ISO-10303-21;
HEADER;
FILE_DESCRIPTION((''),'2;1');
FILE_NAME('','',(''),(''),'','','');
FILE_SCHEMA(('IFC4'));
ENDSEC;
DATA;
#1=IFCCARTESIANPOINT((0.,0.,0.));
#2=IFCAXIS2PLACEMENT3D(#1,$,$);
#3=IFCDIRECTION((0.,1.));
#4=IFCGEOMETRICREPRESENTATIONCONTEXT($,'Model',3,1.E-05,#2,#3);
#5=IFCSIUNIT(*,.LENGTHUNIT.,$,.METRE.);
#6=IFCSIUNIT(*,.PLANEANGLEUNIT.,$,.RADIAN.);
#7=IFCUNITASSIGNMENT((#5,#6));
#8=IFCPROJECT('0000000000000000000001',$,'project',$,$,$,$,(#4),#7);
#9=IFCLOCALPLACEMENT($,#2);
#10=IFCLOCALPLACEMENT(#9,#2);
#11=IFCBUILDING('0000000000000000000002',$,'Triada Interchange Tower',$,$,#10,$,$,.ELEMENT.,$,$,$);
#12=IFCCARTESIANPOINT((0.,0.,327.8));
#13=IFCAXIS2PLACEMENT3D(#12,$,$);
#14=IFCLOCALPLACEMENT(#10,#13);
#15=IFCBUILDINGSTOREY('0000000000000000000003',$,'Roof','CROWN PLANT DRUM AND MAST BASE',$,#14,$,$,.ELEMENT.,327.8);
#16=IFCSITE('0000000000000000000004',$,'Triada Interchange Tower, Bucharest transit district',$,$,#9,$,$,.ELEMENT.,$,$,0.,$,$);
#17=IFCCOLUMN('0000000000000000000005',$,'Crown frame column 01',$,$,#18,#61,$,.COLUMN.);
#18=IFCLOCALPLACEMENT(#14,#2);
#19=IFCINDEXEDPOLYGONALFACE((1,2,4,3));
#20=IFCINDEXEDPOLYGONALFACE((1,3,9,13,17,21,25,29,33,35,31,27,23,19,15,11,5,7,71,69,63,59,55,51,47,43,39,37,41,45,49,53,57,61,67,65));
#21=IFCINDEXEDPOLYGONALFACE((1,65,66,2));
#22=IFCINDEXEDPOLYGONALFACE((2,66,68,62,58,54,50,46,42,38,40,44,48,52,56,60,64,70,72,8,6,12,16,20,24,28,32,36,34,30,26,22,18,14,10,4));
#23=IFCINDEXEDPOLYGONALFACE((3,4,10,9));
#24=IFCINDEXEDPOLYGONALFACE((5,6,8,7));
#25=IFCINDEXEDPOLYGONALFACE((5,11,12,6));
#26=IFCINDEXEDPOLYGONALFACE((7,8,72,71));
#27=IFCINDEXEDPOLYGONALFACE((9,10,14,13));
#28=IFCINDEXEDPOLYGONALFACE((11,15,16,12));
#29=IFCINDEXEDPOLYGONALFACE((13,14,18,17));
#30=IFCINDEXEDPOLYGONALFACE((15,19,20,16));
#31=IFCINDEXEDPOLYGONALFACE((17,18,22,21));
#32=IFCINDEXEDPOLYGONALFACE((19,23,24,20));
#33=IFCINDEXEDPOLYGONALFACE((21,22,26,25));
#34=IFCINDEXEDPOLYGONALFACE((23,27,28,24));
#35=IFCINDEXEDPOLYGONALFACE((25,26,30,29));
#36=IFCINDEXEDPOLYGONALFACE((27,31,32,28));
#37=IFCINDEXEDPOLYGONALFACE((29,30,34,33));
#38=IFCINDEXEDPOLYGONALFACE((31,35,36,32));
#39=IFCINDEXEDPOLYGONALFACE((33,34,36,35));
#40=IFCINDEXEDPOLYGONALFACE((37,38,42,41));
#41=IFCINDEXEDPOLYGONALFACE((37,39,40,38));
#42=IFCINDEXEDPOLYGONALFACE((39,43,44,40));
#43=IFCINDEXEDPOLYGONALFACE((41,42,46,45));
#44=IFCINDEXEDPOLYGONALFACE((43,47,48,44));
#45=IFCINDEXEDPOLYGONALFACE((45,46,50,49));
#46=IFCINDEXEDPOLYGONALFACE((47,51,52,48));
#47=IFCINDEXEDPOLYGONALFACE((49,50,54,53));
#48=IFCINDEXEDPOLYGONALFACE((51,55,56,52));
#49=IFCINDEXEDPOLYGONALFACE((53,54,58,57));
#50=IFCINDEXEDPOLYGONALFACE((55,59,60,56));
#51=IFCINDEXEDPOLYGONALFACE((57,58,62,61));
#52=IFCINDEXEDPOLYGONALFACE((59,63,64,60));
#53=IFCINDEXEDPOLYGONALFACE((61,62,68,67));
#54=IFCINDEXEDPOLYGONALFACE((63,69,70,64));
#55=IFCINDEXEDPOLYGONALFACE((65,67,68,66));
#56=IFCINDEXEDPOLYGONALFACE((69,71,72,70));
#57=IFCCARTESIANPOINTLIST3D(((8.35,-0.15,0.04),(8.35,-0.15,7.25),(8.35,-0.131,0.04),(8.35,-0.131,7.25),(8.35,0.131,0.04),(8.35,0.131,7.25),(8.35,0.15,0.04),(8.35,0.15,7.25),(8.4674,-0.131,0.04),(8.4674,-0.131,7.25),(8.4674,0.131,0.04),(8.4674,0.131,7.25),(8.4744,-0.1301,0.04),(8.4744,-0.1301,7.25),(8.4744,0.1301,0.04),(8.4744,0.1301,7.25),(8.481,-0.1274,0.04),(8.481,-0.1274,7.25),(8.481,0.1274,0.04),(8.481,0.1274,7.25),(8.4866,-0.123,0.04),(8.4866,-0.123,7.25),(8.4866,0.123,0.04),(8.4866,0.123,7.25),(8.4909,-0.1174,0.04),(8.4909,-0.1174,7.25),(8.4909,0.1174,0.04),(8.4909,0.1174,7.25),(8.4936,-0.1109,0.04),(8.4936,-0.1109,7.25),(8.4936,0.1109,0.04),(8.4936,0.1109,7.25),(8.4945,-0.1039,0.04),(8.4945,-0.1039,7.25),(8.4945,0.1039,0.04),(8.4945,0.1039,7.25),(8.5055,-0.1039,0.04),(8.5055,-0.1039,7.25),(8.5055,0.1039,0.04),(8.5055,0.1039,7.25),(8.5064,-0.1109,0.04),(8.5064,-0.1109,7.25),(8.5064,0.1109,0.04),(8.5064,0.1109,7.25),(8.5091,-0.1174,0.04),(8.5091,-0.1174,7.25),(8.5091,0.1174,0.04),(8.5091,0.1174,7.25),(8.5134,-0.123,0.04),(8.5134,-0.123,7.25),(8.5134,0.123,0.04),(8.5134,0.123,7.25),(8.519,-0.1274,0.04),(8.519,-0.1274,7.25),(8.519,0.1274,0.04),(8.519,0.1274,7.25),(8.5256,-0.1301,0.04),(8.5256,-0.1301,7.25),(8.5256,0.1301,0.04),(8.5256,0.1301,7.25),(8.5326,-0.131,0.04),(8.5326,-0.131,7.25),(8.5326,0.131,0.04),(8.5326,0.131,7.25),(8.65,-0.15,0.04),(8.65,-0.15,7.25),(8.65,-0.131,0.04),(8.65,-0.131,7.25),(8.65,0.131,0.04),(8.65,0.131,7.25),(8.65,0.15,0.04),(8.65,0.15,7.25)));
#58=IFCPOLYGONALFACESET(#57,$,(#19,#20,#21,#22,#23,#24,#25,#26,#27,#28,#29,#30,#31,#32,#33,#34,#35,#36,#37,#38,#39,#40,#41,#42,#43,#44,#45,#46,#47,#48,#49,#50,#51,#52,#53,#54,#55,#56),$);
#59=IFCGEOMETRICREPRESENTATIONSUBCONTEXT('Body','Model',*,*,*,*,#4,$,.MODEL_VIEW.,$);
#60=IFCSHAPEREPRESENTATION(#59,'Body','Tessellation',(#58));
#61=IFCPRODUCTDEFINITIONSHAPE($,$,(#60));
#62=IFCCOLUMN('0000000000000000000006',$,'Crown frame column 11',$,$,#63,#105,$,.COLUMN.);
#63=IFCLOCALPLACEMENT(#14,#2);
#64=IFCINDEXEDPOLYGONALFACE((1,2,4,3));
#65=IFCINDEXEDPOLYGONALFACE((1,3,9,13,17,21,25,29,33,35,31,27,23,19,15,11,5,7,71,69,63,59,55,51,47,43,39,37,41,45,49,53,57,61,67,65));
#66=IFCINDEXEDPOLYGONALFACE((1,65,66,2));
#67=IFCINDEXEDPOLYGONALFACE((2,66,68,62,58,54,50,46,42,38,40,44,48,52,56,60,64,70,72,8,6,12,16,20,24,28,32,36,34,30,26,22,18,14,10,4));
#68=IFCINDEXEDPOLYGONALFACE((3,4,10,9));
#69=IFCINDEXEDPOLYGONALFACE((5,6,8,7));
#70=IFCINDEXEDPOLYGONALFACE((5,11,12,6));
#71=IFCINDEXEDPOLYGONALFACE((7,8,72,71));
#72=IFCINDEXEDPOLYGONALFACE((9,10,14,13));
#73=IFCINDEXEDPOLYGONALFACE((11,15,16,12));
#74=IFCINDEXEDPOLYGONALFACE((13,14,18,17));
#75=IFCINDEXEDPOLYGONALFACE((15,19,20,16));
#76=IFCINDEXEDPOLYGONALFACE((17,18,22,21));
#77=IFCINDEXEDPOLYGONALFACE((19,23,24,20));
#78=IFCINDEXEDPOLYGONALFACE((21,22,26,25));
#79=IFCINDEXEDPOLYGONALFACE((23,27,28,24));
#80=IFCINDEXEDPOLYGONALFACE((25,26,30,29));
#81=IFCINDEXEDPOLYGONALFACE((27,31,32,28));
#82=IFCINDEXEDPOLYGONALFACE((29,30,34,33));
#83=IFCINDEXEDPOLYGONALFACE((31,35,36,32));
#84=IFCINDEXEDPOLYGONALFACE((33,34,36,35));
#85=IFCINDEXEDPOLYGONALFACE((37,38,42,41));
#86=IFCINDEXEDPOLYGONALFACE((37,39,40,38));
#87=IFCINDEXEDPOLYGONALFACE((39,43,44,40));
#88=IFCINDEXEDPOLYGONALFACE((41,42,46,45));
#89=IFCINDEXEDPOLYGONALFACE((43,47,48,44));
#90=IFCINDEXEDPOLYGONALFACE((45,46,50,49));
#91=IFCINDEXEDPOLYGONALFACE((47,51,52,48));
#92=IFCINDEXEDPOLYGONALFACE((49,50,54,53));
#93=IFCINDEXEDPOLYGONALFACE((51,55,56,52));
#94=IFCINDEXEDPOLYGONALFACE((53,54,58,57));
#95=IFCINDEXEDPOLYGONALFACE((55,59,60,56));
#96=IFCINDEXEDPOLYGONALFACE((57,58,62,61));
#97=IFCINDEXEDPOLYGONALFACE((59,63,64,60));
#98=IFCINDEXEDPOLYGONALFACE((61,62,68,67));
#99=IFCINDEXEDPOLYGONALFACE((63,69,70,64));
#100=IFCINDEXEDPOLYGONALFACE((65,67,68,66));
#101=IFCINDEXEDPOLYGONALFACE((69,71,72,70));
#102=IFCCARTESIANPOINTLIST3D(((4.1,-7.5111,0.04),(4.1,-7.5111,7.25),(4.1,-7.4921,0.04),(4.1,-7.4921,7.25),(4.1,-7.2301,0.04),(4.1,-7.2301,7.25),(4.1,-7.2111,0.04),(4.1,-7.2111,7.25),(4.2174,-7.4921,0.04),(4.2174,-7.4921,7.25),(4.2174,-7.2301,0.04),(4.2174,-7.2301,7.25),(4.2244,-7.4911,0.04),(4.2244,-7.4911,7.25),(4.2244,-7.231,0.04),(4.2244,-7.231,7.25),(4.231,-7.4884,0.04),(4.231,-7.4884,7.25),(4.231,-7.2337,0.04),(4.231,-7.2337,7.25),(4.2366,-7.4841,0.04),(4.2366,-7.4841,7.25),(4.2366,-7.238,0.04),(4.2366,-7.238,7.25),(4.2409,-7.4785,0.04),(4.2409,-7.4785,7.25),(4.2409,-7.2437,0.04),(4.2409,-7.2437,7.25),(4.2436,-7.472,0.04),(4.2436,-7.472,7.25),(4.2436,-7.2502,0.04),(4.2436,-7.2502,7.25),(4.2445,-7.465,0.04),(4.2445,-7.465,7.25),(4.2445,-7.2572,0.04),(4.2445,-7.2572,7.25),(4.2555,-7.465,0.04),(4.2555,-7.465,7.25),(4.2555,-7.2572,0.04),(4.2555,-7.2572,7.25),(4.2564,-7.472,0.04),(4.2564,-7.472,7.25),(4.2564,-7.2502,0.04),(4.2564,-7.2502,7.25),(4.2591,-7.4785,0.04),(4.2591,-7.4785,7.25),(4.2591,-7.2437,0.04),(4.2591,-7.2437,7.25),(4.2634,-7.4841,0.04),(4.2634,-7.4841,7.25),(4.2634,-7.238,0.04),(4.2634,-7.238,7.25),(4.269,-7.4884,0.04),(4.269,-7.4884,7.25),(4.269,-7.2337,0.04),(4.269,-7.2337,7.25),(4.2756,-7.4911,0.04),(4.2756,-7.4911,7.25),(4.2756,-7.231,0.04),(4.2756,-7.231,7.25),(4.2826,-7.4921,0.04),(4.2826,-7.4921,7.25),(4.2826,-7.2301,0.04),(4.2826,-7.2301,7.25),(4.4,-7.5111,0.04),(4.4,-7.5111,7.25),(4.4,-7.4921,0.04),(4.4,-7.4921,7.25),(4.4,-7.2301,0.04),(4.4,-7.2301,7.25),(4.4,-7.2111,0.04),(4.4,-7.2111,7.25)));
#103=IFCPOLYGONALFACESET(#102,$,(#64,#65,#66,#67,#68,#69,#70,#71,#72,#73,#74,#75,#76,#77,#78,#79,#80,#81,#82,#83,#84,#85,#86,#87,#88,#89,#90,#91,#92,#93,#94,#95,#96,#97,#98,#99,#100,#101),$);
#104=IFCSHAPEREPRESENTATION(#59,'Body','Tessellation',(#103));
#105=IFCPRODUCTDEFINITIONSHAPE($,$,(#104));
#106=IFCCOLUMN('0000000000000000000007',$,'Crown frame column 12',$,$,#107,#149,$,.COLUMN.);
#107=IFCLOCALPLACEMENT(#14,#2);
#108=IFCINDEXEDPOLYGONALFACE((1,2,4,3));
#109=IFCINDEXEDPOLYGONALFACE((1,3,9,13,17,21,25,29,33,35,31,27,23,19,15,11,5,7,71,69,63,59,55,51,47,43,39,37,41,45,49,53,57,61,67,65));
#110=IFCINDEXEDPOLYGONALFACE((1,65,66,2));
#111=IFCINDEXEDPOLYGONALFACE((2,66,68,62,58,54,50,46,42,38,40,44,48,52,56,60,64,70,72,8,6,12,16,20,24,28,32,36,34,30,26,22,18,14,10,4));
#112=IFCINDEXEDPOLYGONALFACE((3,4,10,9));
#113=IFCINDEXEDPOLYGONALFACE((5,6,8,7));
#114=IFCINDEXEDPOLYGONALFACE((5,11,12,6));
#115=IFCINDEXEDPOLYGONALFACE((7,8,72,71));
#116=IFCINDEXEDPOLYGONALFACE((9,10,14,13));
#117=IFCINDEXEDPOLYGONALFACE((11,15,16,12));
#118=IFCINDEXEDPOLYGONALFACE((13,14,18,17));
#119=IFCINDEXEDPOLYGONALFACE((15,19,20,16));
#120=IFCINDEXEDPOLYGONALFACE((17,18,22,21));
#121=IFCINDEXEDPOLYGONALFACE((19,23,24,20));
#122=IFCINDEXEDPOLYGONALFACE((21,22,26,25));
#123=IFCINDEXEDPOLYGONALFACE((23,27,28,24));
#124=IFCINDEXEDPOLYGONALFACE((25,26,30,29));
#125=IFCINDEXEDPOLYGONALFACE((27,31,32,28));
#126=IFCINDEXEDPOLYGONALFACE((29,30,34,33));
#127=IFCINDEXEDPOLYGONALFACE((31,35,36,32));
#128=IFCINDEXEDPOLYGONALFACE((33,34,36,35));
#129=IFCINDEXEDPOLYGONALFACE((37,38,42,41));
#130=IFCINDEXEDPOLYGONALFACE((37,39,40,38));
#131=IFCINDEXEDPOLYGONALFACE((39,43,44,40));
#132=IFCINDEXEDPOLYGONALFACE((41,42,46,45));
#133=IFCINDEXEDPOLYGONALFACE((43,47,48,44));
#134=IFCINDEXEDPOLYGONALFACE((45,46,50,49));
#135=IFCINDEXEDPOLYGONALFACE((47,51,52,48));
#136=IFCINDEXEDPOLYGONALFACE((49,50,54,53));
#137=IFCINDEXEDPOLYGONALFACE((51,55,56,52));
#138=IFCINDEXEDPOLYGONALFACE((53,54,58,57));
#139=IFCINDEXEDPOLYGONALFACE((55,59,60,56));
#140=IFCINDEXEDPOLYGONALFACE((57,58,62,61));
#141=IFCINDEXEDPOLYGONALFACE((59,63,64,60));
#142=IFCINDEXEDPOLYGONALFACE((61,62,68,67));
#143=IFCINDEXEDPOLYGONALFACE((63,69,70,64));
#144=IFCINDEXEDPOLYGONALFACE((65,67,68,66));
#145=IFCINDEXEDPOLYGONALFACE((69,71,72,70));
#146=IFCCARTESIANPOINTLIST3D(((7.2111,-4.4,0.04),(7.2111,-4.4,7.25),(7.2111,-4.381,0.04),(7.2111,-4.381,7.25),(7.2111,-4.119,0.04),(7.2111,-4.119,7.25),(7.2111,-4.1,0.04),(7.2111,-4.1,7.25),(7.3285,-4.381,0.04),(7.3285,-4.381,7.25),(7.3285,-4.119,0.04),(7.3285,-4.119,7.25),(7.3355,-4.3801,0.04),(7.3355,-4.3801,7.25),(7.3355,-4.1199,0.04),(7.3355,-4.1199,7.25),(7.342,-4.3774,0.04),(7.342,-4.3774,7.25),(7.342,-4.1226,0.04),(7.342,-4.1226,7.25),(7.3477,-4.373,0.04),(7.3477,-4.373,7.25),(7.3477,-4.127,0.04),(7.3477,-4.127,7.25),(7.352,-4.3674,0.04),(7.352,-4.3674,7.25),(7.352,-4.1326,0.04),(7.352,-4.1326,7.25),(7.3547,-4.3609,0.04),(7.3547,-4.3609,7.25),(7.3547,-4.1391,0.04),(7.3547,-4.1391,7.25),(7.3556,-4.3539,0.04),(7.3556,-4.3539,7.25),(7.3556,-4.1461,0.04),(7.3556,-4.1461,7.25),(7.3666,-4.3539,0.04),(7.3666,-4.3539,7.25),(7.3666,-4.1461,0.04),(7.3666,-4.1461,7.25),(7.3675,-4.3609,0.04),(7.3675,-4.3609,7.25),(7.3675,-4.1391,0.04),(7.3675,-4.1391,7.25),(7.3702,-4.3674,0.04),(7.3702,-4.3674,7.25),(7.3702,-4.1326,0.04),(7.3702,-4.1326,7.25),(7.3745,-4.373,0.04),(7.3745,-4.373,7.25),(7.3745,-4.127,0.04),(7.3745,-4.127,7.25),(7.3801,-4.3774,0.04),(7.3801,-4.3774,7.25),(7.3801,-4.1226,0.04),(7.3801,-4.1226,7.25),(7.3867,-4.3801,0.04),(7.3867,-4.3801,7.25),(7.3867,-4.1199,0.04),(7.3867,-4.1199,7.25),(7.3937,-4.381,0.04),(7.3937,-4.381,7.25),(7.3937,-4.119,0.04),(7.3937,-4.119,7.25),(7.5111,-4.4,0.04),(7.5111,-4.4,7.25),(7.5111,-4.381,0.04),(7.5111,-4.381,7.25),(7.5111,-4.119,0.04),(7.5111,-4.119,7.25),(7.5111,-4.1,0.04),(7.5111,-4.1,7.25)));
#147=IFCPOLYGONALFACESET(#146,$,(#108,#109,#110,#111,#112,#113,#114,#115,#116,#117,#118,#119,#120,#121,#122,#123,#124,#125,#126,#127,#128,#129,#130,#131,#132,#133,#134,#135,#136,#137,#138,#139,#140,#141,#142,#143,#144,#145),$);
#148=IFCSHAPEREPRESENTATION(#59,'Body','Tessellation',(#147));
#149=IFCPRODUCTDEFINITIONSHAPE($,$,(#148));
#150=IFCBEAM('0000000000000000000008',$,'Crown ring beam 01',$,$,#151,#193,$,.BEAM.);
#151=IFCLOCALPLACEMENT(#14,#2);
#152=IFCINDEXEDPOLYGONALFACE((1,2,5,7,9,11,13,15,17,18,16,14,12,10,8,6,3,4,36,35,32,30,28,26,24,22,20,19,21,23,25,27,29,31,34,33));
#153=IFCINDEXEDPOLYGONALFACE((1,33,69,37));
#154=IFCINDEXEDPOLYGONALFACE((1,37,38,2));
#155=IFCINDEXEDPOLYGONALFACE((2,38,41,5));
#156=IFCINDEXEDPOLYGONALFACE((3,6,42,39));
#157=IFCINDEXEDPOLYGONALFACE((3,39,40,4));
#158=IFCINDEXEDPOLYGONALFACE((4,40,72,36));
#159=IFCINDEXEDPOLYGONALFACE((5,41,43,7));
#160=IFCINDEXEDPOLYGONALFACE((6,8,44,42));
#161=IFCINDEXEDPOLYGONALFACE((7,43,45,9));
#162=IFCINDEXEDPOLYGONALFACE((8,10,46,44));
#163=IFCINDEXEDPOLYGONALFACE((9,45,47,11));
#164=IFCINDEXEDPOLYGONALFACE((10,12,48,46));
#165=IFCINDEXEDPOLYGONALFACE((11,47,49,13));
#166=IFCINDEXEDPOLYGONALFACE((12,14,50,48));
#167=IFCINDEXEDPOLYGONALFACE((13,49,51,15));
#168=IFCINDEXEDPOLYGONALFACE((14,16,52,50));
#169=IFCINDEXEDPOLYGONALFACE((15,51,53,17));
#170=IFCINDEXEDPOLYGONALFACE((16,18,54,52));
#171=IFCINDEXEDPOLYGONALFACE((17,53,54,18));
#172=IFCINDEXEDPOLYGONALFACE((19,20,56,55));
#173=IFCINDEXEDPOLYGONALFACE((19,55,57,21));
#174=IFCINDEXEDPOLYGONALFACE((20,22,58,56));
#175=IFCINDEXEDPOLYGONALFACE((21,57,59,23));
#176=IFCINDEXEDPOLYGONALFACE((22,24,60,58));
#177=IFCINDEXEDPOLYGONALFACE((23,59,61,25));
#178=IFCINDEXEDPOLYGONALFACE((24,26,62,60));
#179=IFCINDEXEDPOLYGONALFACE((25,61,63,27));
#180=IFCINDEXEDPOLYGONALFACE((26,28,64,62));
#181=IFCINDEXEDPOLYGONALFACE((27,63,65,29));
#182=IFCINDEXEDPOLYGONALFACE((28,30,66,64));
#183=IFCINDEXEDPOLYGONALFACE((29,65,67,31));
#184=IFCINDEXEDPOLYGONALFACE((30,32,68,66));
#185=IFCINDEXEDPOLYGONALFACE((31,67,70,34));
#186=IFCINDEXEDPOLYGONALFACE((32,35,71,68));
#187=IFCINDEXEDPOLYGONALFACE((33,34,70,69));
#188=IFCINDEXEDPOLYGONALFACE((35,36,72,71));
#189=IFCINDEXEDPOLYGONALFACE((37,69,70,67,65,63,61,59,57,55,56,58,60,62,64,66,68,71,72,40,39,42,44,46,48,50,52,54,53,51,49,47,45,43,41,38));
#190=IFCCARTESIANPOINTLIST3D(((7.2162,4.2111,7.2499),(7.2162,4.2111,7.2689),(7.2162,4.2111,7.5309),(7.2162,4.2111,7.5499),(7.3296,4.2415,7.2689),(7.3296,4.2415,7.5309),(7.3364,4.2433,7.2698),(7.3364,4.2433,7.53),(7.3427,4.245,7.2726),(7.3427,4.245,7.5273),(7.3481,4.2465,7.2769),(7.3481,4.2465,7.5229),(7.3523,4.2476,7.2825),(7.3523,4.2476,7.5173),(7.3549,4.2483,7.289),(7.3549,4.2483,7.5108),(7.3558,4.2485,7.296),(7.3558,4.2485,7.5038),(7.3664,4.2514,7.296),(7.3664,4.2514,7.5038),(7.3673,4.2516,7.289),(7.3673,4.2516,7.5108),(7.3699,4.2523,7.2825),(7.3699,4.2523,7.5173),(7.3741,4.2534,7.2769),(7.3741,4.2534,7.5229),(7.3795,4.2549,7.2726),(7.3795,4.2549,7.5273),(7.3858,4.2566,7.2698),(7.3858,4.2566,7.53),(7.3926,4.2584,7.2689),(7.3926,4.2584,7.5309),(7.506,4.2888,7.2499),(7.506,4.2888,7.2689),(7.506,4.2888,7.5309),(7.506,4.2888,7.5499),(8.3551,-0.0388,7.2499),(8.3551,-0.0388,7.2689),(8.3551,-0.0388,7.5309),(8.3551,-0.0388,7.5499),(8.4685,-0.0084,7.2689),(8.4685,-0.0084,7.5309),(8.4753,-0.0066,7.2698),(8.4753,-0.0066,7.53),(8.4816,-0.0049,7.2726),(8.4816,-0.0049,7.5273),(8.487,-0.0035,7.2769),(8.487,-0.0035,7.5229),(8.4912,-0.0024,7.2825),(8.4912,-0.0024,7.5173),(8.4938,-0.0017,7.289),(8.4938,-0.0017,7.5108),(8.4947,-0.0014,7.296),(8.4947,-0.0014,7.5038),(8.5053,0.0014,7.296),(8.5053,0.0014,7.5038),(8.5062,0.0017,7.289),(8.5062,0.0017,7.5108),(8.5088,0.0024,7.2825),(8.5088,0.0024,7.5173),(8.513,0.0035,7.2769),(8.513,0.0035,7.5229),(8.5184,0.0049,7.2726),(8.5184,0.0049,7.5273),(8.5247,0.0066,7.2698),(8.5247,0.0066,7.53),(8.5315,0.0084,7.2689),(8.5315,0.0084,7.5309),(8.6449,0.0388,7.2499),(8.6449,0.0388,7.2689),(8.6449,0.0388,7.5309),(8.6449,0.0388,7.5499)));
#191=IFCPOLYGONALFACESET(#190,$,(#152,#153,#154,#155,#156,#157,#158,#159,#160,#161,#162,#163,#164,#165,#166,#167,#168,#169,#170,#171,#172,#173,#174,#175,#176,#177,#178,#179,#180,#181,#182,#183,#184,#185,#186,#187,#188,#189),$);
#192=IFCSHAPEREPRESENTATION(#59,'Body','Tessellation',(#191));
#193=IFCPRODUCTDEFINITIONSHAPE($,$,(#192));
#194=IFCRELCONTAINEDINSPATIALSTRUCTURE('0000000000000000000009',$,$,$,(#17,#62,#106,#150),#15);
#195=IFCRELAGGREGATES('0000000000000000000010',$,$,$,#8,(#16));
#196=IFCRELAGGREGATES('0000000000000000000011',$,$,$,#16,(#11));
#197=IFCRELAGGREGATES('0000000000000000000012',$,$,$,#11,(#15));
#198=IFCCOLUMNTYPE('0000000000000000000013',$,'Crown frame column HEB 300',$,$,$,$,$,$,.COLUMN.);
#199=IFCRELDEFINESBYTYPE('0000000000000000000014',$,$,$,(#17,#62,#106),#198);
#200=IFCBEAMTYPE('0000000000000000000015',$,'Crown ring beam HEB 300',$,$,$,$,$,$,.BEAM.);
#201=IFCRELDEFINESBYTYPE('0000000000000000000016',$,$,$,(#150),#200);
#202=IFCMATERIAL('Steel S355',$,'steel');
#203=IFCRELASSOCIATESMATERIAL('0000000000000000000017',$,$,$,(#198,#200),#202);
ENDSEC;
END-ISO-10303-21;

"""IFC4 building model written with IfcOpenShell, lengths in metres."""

from ifc_helpers import new_model, si_unit, direction, frame, origin, origin_2d, place, context, subcontext, project, spatial, i_section, extrude, material, material_profile, profile_set, type_object, element, save


model = new_model("IFC4")

# Units and contexts
model_context = context("Model", 3, precision=1e-05, world=origin(), true_north=direction((0.0, 1.0)))
body_context = subcontext(model_context, "Body", "Model", "MODEL_VIEW")
ifc_project = project(units=[si_unit("LENGTHUNIT", "METRE"), si_unit("PLANEANGLEUNIT", "RADIAN")], contexts=[model_context])

# Site, building, storey
site_placement = place(None, origin())
site = spatial("IfcSite", under=ifc_project, at=site_placement, Name="Triada Interchange Tower, Bucharest transit district", CompositionType="ELEMENT", RefElevation=0.0)
building_placement = place(site_placement, origin())
building = spatial("IfcBuilding", under=site, at=building_placement, Name="Triada Interchange Tower", CompositionType="ELEMENT")
storey_placement = place(building_placement, frame((0.0, 0.0, 327.8)))
storey = spatial("IfcBuildingStorey", under=building, at=storey_placement, Name="Roof", Description="CROWN PLANT DRUM AND MAST BASE", CompositionType="ELEMENT", Elevation=327.8)

# Columns
ifc_material_1 = material(Name="Steel S355", Category="steel")
ifc_material_profile_1 = material_profile(ifc_material_1, i_section(OverallWidth=0.3, OverallDepth=0.3, WebThickness=0.011, FlangeThickness=0.019, FilletRadius=0.0271, at=origin_2d()), Name="HEB 300")
ifc_profile_set_1 = profile_set([ifc_material_profile_1], Name="Steel S355")
column_type = type_object("IfcColumnType", Name="Crown frame column HEB 300", PredefinedType="COLUMN", material=ifc_profile_set_1)
for number, where, z_axis, x_axis, name in (
    (1, (8.5, 0.0, 0.04), (0.0, 0.0, 1.0), (1.0, 0.0, 0.0), "Crown frame column 01"),
    (2, (4.25, -7.3611, 0.04), (0.0, 0.0, 1.0), (1.0, 0.0, 0.0), "Crown frame column 11"),
    (3, (7.3611, -4.25, 0.04), (0.0, 0.0, 1.0), (1.0, 0.0, 0.0), "Crown frame column 12"),
):
    element("IfcColumn", number, at=place(storey_placement, frame(where, z_axis=z_axis, x_axis=x_axis)), inside=storey, type_object=column_type, Name=name, PredefinedType="COLUMN", context=body_context, shape_type="SweptSolid", body=[
        extrude(i_section(OverallWidth=0.3, OverallDepth=0.3, WebThickness=0.011, FlangeThickness=0.019, FilletRadius=0.0271, at=origin_2d()), origin(), (0.0, 0.0, 1.0), 7.21),
    ])

# Beam
ifc_material_profile_2 = material_profile(ifc_material_1, i_section(OverallWidth=0.3, OverallDepth=0.3, WebThickness=0.011, FlangeThickness=0.019, FilletRadius=0.0271, at=origin_2d()), Name="HEB 300")
ifc_profile_set_2 = profile_set([ifc_material_profile_2], Name="Steel S355")
beam_type = type_object("IfcBeamType", Name="Crown ring beam HEB 300", PredefinedType="BEAM", material=ifc_profile_set_2)
beam_1_placement = place(storey_placement, frame((8.5, 0.0, 7.3999), z_axis=(-0.258847, 0.965918, 0.0), x_axis=(-0.965918, -0.258847, 0.0)))
element("IfcBeam", 4, at=beam_1_placement, inside=storey, type_object=beam_type, Name="Crown ring beam 01", PredefinedType="BEAM", context=body_context, shape_type="SweptSolid", body=[
    extrude(i_section(OverallWidth=0.3, OverallDepth=0.3, WebThickness=0.011, FlangeThickness=0.019, FilletRadius=0.0271, at=origin_2d()), origin(), (0.0, 0.0, 1.0), 4.3999),
])

save(model, "model.ifc")
